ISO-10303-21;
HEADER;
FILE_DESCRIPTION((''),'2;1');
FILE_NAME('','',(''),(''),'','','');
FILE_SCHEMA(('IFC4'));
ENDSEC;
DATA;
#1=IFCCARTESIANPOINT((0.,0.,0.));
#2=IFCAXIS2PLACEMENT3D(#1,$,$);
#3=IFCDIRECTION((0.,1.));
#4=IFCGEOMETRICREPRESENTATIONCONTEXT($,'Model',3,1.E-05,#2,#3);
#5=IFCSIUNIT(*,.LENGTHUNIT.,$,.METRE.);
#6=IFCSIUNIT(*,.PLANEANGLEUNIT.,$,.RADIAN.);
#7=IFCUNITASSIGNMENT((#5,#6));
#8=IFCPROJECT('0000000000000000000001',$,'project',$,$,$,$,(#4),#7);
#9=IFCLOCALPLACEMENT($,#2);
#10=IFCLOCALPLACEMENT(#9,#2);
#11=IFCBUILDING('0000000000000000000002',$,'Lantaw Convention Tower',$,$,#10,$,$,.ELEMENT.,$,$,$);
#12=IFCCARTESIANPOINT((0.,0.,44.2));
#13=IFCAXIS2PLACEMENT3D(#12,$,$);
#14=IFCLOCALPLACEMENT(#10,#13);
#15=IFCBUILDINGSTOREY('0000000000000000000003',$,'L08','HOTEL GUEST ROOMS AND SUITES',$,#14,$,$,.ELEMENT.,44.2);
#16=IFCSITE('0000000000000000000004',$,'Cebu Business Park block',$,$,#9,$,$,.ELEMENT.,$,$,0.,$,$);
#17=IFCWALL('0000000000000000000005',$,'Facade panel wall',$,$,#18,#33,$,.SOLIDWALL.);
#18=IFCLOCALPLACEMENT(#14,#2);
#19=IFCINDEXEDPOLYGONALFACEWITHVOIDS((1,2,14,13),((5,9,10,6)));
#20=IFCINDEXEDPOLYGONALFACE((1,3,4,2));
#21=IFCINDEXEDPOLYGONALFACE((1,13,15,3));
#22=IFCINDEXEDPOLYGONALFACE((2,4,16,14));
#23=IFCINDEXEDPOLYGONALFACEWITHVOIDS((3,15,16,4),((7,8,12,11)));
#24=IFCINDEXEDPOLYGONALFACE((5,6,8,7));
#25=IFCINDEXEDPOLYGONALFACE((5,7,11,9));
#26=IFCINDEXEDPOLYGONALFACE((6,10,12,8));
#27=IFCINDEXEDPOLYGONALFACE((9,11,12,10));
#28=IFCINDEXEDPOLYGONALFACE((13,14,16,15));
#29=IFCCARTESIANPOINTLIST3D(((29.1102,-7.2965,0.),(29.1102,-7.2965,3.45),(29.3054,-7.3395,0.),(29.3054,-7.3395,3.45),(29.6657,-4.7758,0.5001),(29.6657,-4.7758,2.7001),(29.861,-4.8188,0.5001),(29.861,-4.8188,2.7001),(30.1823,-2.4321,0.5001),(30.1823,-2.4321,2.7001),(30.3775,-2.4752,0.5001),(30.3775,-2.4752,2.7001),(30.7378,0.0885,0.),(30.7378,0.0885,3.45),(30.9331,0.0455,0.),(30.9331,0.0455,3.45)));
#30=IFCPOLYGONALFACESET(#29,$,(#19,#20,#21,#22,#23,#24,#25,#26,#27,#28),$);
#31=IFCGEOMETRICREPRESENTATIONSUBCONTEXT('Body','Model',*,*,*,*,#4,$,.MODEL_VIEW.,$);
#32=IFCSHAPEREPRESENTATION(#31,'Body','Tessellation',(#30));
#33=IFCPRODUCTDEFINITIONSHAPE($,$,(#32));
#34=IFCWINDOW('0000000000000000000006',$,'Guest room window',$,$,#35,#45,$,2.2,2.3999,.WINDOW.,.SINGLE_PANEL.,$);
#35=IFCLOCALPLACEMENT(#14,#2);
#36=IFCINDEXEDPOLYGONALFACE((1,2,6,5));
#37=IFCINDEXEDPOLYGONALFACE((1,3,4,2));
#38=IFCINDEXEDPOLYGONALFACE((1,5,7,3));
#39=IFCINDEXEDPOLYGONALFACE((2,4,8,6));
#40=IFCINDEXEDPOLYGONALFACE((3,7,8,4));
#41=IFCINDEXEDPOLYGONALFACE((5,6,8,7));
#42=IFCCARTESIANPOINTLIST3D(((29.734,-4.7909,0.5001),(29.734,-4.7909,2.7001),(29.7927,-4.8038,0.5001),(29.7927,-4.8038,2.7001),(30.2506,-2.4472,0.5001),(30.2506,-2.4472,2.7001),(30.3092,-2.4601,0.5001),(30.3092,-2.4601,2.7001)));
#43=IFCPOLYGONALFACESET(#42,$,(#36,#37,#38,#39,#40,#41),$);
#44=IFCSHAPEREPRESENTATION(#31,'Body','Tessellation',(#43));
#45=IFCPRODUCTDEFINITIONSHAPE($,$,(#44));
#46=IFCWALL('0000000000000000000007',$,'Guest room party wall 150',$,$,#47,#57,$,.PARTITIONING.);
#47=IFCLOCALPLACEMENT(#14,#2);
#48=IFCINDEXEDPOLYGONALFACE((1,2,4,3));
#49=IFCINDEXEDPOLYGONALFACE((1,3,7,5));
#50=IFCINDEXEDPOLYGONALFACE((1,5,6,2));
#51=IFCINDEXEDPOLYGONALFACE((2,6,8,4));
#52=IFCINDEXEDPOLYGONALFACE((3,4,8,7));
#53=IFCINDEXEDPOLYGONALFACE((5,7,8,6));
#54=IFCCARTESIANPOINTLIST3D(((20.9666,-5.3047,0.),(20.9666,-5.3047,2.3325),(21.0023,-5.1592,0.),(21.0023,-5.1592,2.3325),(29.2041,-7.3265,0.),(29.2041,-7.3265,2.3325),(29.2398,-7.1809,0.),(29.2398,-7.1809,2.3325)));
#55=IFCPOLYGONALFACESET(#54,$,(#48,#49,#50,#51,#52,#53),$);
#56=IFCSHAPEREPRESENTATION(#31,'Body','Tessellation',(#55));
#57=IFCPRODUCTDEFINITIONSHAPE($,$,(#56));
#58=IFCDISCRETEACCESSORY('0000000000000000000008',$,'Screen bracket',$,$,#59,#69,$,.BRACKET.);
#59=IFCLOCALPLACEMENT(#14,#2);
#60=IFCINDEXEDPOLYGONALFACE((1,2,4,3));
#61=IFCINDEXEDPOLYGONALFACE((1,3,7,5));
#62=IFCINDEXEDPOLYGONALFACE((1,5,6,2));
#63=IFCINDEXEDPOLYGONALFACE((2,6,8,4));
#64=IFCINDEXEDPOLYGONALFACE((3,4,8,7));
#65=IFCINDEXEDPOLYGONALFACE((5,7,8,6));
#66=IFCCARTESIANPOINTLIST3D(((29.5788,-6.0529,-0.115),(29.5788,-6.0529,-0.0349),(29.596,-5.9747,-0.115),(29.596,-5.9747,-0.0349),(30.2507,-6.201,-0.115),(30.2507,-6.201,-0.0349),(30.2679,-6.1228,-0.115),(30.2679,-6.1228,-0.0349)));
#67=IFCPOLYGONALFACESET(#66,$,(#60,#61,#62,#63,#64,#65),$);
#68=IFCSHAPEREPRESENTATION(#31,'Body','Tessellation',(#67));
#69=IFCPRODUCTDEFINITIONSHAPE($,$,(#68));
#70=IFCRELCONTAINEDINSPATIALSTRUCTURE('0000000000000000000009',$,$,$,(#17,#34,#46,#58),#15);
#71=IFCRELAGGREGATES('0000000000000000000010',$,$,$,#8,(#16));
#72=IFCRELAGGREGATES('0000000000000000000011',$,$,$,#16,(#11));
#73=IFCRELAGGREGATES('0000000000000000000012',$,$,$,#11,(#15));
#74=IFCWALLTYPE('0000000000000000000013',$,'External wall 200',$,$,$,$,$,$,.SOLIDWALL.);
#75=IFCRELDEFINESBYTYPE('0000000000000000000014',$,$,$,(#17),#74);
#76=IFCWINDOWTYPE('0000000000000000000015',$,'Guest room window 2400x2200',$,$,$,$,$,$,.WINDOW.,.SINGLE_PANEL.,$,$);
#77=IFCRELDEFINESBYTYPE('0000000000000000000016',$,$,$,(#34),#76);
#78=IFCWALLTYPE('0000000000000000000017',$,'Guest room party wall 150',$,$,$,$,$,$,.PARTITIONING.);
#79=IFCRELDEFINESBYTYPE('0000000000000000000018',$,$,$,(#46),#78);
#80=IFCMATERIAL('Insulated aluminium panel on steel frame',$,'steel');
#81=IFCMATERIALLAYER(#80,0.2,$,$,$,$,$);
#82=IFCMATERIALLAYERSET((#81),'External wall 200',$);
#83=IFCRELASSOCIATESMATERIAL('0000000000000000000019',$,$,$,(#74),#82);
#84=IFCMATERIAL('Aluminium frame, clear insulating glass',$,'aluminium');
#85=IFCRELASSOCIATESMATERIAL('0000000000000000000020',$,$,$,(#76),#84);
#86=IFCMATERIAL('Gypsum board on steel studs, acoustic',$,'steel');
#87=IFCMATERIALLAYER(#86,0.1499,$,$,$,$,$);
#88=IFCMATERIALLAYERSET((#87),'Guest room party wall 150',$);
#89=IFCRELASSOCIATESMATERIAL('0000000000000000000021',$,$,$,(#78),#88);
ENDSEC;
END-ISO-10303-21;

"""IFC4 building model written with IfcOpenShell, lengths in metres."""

from ifc_helpers import new_model, si_unit, direction, frame, frame_2d, origin, origin_2d, place, context, subcontext, project, spatial, rectangle, extrude, material, layer, layer_set, type_object, element, fill, save


model = new_model("IFC4")

# Units and contexts
model_context = context("Model", 3, precision=1e-05, world=origin(), true_north=direction((0.0, 1.0)))
body_context = subcontext(model_context, "Body", "Model", "MODEL_VIEW")
ifc_project = project(units=[si_unit("LENGTHUNIT", "METRE"), si_unit("PLANEANGLEUNIT", "RADIAN")], contexts=[model_context])

# Site, building, storey
site_placement = place(None, origin())
site = spatial("IfcSite", under=ifc_project, at=site_placement, Name="Cebu Business Park block", CompositionType="ELEMENT", RefElevation=0.0)
building_placement = place(site_placement, origin())
building = spatial("IfcBuilding", under=site, at=building_placement, Name="Lantaw Convention Tower", CompositionType="ELEMENT")
storey_placement = place(building_placement, frame((0.0, 0.0, 44.2)))
storey = spatial("IfcBuildingStorey", under=building, at=storey_placement, Name="L08", Description="HOTEL GUEST ROOMS AND SUITES", CompositionType="ELEMENT", Elevation=44.2)

# Wall, opening, window
ifc_material_1 = material(Name="Insulated aluminium panel on steel frame", Category="steel")
ifc_layer_1 = layer(ifc_material_1, 0.2)
ifc_layer_set_1 = layer_set([ifc_layer_1], Name="External wall 200")
wall_type_1 = type_object("IfcWallType", Name="External wall 200", PredefinedType="SOLIDWALL", material=ifc_layer_set_1)
ifc_material_2 = material(Name="Aluminium frame, clear insulating glass", Category="aluminium")
window_type = type_object("IfcWindowType", Name="Guest room window 2400x2200", PartitioningType="SINGLE_PANEL", PredefinedType="WINDOW", material=ifc_material_2)
wall_1_placement = place(storey_placement, frame((29.2078, -7.3181, 0.0), z_axis=(0.0, 0.0, 1.0), x_axis=(0.215238, 0.976562, 0.0)))
wall_1 = element("IfcWall", 1, at=wall_1_placement, inside=storey, type_object=wall_type_1, Name="Facade panel wall", PredefinedType="SOLIDWALL", context=body_context, shape_type="SweptSolid", body=[
    extrude(rectangle(XDim=7.5623, YDim=0.2, at=frame_2d((3.7812, 0.0))), origin(), (0.0, 0.0, 1.0), 3.45),
])
opening_1_placement = place(wall_1_placement, frame((2.5813, 0.0, 0.5)))
opening_1 = element("IfcOpeningElement", 2, at=opening_1_placement, cuts=wall_1, PredefinedType="OPENING", context=body_context, shape_type="SweptSolid", body=[
    extrude(rectangle(XDim=2.3999, YDim=2.2, at=frame_2d((1.2, 1.1001))), frame((0.0, 0.1099, 0.0), z_axis=(0.0, -1.0, 0.0), x_axis=(1.0, 0.0, 0.0)), (0.0, 0.0, 1.0), 0.22),
])
window_1_placement = place(opening_1_placement, origin())
window_1 = element("IfcWindow", 3, at=window_1_placement, inside=storey, type_object=window_type, Name="Guest room window", OverallHeight=2.2, OverallWidth=2.3999, PartitioningType="SINGLE_PANEL", PredefinedType="WINDOW", context=body_context, shape_type="SweptSolid", body=[
    extrude(rectangle(XDim=2.3999, YDim=2.2, at=frame_2d((1.2, 1.1001))), frame((0.0, 0.03, 0.0), z_axis=(0.0, -1.0, 0.0), x_axis=(1.0, 0.0, 0.0)), (0.0, 0.0, 1.0), 0.0601),
])
fill(opening_1, window_1)

# Wall
ifc_material_3 = material(Name="Gypsum board on steel studs, acoustic", Category="steel")
ifc_layer_2 = layer(ifc_material_3, 0.1499)
ifc_layer_set_2 = layer_set([ifc_layer_2], Name="Guest room party wall 150")
wall_type_2 = type_object("IfcWallType", Name="Guest room party wall 150", PredefinedType="PARTITIONING", material=ifc_layer_set_2)
wall_2_placement = place(storey_placement, frame((29.2219, -7.2537, 0.0), z_axis=(0.0, 0.0, 1.0), x_axis=(-0.971178, 0.238355, 0.0)))
element("IfcWall", 4, at=wall_2_placement, inside=storey, type_object=wall_type_2, Name="Guest room party wall 150", PredefinedType="PARTITIONING", context=body_context, shape_type="SweptSolid", body=[
    extrude(rectangle(XDim=8.4819, YDim=0.1499, at=frame_2d((4.241, 0.0))), origin(), (0.0, 0.0, 1.0), 2.3325),
])

# Discrete accessory
discrete_accessory_placement = place(storey_placement, frame((29.9233, -6.0879, -0.115), z_axis=(0.0, 0.0, 1.0), x_axis=(0.215246, 0.97656, 0.0)))
element("IfcDiscreteAccessory", 5, at=discrete_accessory_placement, inside=storey, Name="Screen bracket", PredefinedType="BRACKET", context=body_context, shape_type="SweptSolid", body=[
    extrude(rectangle(XDim=0.0801, YDim=0.688, at=origin_2d()), origin(), (0.0, 0.0, 1.0), 0.0801),
])

save(model, "model.ifc")
